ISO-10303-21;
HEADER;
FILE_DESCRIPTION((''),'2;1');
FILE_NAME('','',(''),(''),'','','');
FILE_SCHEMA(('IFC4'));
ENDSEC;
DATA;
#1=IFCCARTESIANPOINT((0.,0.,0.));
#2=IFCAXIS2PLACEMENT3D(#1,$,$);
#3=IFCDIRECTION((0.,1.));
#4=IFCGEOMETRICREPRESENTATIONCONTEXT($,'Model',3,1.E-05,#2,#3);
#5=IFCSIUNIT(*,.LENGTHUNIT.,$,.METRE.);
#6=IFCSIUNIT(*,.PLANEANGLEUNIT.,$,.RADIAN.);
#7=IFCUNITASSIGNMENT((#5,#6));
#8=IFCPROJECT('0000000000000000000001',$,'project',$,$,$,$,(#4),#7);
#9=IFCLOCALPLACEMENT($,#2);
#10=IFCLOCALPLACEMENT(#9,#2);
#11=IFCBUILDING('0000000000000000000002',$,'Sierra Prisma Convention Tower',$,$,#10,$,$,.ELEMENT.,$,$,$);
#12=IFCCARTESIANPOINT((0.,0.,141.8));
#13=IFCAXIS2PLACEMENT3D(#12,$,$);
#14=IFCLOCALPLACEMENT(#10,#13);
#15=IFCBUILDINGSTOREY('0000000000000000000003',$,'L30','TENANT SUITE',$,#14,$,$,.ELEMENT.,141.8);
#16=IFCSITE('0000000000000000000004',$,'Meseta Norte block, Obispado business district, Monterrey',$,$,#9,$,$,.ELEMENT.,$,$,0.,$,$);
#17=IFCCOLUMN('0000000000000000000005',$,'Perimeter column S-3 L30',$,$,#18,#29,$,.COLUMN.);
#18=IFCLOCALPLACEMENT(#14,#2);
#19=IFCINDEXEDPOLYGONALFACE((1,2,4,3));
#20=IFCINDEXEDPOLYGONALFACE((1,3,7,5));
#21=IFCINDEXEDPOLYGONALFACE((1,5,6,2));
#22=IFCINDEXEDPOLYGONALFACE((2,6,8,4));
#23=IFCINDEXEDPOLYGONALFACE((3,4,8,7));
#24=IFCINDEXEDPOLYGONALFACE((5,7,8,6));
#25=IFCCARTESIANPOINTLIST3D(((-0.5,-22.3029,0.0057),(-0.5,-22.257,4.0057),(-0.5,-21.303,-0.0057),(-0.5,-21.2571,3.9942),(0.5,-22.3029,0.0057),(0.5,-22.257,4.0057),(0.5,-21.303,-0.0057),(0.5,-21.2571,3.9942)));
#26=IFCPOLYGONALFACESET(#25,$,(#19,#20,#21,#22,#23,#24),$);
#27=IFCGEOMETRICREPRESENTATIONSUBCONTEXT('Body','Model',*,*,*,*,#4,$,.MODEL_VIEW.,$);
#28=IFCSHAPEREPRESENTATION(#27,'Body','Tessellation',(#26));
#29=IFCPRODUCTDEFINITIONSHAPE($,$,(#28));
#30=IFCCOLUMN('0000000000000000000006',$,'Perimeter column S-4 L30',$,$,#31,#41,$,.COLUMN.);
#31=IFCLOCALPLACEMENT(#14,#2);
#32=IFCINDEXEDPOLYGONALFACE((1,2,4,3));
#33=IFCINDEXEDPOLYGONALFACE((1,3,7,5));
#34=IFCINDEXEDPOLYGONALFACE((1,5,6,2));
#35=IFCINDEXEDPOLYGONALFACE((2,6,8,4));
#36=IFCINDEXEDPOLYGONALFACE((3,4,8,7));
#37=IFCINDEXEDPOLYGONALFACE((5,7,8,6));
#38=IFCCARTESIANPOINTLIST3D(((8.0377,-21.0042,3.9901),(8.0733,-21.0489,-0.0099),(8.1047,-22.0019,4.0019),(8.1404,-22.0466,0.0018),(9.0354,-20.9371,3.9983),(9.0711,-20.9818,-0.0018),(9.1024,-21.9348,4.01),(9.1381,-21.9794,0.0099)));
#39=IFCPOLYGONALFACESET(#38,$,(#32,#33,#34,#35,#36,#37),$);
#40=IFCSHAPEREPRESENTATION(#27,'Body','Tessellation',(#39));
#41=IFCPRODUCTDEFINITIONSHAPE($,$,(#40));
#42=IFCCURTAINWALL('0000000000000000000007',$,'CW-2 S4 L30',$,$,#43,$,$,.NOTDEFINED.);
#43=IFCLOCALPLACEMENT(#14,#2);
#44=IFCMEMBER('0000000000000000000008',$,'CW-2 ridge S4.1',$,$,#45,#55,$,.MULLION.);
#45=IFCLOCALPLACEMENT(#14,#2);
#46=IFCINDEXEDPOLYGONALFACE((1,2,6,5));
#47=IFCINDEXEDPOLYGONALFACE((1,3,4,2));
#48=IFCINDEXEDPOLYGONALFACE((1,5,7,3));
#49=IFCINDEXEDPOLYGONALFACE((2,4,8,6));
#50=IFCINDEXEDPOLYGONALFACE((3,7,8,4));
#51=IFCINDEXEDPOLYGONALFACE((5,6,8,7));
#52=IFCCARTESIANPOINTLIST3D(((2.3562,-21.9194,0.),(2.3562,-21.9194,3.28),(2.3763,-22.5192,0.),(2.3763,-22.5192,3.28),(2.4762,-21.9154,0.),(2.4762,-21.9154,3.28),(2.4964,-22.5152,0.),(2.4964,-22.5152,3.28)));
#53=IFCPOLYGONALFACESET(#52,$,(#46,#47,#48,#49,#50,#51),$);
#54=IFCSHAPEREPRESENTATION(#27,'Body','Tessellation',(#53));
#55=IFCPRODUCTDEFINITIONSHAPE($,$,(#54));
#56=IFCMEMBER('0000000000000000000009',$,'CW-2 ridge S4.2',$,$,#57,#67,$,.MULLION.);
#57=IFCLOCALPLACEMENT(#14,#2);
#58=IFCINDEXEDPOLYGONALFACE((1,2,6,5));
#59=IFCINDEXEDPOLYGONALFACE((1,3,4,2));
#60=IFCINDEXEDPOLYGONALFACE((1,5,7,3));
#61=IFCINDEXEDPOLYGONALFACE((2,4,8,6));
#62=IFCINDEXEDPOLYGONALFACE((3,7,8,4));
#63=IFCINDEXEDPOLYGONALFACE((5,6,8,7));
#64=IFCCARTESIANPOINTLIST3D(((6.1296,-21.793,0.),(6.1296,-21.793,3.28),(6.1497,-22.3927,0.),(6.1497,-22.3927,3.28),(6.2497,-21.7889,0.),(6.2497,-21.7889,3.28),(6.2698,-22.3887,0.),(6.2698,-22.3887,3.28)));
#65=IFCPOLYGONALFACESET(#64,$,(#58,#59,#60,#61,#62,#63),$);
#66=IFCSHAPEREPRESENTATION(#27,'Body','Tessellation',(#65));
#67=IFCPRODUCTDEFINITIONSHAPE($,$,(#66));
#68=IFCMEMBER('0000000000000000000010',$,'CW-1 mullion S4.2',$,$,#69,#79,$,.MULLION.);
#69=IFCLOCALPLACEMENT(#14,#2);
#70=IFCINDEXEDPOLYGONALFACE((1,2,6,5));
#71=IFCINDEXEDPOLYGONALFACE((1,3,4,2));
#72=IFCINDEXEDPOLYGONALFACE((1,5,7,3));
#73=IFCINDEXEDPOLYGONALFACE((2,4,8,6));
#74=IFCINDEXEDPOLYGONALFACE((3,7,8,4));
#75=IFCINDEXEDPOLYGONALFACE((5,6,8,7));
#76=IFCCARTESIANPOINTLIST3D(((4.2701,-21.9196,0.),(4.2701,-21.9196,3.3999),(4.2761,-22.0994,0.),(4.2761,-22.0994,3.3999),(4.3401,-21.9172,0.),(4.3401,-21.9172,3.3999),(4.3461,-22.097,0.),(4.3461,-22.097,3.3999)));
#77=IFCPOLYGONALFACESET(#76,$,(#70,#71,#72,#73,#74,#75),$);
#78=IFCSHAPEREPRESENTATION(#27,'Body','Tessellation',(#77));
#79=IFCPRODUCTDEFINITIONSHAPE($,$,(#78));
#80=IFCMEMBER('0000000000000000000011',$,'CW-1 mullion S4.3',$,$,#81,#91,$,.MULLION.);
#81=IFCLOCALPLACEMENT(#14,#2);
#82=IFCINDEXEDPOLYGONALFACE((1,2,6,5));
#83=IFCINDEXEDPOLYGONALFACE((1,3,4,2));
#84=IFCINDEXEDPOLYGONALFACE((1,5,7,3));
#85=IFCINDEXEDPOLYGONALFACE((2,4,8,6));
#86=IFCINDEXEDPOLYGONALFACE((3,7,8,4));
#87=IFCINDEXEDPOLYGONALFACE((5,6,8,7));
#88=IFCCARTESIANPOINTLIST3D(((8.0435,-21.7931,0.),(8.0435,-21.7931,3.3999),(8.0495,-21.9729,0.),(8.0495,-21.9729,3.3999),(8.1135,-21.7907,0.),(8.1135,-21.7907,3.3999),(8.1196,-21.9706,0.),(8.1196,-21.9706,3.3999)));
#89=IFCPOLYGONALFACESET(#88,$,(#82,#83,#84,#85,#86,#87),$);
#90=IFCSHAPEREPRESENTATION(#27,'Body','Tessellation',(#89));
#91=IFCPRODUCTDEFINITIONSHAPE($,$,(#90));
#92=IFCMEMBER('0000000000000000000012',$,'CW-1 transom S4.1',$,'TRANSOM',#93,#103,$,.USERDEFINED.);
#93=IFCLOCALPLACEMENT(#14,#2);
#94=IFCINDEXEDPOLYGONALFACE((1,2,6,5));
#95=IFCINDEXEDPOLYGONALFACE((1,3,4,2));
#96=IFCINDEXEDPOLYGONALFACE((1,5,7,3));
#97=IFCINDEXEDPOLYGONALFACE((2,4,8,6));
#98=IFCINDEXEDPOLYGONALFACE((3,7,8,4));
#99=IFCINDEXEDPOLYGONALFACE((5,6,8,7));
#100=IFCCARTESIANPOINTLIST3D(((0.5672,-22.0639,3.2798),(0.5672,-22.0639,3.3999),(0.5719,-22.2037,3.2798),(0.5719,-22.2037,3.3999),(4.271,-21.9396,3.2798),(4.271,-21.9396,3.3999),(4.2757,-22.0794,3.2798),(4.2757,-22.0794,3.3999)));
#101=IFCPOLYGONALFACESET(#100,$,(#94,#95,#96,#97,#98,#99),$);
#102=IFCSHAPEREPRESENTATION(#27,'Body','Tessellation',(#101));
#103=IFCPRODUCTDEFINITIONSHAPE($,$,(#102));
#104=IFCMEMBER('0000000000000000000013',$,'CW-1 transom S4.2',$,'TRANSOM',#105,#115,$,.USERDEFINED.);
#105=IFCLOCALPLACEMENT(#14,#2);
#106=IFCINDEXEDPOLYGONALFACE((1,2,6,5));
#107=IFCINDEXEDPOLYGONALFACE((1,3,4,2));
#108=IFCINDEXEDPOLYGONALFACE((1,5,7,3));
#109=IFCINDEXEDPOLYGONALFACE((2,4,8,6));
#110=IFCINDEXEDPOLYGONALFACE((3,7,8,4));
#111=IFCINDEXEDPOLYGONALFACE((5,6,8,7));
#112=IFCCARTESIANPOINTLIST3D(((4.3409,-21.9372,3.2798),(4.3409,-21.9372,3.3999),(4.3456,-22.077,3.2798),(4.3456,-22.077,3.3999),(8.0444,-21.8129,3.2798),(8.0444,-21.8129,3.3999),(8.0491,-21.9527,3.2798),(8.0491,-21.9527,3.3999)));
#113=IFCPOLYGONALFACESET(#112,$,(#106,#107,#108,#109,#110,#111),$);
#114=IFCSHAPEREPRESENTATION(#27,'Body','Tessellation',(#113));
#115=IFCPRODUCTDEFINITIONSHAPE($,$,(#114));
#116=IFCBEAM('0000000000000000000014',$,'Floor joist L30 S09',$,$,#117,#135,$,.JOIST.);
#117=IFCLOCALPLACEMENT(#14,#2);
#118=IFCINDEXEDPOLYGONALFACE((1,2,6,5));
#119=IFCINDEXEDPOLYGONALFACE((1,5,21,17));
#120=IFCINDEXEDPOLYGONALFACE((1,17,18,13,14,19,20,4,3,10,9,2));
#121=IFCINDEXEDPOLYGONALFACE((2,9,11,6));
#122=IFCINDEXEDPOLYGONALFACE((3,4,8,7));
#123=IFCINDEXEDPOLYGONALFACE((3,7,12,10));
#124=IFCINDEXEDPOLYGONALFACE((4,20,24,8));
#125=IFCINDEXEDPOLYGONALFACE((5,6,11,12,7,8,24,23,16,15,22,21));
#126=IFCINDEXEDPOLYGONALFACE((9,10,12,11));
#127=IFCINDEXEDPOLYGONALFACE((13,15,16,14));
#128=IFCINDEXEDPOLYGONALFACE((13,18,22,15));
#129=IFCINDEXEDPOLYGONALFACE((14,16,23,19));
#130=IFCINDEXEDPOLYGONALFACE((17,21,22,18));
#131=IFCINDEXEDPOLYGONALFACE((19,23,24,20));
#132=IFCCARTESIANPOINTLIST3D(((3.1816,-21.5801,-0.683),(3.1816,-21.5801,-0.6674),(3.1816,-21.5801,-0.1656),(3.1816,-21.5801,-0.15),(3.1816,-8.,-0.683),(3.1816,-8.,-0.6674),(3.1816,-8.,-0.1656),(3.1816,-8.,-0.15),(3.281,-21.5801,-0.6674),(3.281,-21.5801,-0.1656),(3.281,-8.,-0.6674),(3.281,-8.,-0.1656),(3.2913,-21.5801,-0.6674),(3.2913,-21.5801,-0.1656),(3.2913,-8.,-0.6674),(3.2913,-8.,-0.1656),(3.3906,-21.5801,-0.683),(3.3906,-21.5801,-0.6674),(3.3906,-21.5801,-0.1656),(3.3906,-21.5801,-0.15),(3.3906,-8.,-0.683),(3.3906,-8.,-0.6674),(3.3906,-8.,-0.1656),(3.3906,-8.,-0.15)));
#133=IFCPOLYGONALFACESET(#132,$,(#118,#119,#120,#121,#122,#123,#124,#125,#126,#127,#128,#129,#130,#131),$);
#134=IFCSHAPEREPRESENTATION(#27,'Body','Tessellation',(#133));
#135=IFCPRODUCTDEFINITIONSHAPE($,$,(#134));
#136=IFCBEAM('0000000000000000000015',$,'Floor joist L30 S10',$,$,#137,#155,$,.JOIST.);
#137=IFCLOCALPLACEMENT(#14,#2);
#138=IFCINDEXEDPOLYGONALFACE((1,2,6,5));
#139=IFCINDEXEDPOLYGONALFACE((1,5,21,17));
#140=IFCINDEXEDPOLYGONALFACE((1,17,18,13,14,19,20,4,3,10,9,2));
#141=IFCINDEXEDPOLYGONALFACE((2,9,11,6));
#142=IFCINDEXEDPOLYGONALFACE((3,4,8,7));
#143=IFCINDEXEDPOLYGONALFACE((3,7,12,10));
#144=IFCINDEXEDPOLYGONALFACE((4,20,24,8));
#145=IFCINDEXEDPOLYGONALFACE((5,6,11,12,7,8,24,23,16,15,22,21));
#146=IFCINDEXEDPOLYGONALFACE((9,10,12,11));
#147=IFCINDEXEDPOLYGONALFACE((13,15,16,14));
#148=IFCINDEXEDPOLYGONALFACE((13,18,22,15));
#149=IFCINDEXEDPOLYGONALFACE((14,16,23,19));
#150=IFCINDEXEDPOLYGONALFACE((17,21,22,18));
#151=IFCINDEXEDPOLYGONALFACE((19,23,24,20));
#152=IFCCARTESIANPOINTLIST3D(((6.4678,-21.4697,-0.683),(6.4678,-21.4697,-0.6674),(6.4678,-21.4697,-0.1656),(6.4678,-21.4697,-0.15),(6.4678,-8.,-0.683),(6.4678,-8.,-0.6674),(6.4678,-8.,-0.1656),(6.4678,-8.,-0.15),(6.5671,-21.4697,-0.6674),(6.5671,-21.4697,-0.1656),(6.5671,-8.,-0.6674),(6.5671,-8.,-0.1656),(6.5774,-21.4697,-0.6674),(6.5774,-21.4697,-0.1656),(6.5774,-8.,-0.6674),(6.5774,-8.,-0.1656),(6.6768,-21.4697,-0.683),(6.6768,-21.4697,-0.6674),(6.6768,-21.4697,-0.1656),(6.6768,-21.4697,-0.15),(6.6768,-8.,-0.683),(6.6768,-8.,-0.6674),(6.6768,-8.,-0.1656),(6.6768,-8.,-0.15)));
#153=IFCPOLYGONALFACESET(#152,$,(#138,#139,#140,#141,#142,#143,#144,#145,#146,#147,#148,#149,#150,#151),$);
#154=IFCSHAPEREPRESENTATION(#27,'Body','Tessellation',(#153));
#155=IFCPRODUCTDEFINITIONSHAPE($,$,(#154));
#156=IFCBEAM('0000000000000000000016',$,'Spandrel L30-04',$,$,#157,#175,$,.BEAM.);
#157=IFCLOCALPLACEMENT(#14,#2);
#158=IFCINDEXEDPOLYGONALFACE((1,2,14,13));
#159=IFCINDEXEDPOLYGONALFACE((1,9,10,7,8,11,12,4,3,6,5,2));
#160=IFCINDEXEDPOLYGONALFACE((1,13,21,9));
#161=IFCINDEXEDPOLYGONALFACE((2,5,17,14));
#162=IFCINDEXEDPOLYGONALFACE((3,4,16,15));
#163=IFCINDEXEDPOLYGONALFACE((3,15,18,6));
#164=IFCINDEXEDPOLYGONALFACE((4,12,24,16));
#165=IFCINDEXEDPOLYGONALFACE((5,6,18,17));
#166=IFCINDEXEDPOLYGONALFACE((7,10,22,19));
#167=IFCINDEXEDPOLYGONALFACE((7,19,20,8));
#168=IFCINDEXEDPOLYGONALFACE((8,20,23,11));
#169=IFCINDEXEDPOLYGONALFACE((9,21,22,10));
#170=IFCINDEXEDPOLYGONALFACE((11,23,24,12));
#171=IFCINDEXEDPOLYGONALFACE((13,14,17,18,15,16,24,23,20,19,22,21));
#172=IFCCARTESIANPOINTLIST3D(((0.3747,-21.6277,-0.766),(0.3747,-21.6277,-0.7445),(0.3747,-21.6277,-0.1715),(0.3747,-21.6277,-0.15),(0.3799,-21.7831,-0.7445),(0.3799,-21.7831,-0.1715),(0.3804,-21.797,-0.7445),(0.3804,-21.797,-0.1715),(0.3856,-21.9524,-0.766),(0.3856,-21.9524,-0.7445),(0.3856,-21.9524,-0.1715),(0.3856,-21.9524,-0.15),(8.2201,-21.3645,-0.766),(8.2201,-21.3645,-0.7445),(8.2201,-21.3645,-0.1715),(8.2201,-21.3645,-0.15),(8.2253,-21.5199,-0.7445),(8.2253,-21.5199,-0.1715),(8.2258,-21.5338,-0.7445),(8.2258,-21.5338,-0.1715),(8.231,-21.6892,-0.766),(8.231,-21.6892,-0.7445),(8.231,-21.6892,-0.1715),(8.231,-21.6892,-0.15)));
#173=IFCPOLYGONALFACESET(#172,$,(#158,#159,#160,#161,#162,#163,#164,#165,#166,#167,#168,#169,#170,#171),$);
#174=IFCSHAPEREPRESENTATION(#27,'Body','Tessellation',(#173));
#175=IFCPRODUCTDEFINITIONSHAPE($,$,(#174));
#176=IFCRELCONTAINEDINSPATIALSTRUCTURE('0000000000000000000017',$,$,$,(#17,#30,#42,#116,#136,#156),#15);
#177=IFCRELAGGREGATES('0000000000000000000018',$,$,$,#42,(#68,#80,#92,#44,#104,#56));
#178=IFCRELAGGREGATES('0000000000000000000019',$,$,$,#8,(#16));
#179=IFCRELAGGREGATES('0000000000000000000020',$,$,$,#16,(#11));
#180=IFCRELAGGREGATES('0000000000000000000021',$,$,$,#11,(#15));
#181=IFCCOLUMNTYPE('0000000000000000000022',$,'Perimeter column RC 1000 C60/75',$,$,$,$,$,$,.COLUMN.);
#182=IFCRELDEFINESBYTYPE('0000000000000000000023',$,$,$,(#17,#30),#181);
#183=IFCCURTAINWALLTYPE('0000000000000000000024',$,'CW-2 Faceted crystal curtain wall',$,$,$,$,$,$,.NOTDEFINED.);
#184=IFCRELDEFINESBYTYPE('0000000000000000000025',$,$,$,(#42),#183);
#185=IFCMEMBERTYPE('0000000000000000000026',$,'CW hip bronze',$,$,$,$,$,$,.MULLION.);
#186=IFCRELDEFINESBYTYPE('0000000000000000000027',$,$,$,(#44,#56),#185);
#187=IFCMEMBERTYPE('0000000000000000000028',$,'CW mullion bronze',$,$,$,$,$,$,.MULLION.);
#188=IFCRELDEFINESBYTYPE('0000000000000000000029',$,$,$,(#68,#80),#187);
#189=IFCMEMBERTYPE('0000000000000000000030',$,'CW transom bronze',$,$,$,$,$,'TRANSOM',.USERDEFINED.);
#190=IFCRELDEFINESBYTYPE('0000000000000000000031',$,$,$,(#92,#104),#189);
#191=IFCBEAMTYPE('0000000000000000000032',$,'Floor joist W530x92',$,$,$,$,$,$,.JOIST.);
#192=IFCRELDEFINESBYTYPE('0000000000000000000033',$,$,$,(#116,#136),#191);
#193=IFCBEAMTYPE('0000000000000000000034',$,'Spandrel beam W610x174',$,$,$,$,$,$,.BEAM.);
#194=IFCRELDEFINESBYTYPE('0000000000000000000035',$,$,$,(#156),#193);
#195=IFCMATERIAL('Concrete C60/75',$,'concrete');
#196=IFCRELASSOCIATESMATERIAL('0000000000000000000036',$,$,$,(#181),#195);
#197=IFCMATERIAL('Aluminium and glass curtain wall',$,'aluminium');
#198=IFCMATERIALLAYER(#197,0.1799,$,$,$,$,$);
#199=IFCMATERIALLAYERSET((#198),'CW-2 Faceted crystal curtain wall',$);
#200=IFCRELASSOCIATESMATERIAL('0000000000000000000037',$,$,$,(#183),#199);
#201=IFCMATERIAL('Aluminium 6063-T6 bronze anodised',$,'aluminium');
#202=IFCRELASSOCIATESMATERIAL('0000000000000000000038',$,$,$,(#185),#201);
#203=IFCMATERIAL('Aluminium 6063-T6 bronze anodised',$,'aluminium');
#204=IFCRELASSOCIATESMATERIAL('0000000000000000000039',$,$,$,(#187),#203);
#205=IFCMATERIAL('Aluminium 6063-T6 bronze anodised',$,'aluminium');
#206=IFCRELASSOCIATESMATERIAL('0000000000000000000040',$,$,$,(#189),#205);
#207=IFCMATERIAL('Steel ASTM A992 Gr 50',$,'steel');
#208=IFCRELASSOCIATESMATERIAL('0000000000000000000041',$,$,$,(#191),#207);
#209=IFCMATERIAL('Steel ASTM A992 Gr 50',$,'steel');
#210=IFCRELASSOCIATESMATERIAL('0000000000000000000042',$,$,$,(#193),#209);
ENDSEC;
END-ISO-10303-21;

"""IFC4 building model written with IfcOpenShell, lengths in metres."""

from ifc_helpers import new_model, si_unit, direction, frame, origin, origin_2d, place, context, subcontext, project, spatial, rectangle, i_section, extrude, material, layer, layer_set, material_profile, profile_set, type_object, element, aggregate, save


model = new_model("IFC4")

# Units and contexts
model_context = context("Model", 3, precision=1e-05, world=origin(), true_north=direction((0.0, 1.0)))
body_context = subcontext(model_context, "Body", "Model", "MODEL_VIEW")
ifc_project = project(units=[si_unit("LENGTHUNIT", "METRE"), si_unit("PLANEANGLEUNIT", "RADIAN")], contexts=[model_context])

# Site, building, storey
site_placement = place(None, origin())
site = spatial("IfcSite", under=ifc_project, at=site_placement, Name="Meseta Norte block, Obispado business district, Monterrey", CompositionType="ELEMENT", RefElevation=0.0)
building_placement = place(site_placement, origin())
building = spatial("IfcBuilding", under=site, at=building_placement, Name="Sierra Prisma Convention Tower", CompositionType="ELEMENT")
storey_placement = place(building_placement, frame((0.0, 0.0, 141.8)))
storey = spatial("IfcBuildingStorey", under=building, at=storey_placement, Name="L30", Description="TENANT SUITE", CompositionType="ELEMENT", Elevation=141.8)

# Columns
ifc_material_1 = material(Name="Concrete C60/75", Category="concrete")
ifc_material_profile_1 = material_profile(ifc_material_1, rectangle(XDim=1.0, YDim=1.0, at=origin_2d()), Name="Perimeter column RC 1000 C60/75")
ifc_profile_set_1 = profile_set([ifc_material_profile_1], Name="Concrete C60/75")
column_type = type_object("IfcColumnType", Name="Perimeter column RC 1000 C60/75", PredefinedType="COLUMN", material=ifc_profile_set_1)
column_1_placement = place(storey_placement, frame((0.0, -21.803, 0.0), z_axis=(0.0, 0.011474, 0.999934), x_axis=(1.0, 0.0, 0.0)))
element("IfcColumn", 1, at=column_1_placement, inside=storey, type_object=column_type, Name="Perimeter column S-3 L30", PredefinedType="COLUMN", context=body_context, shape_type="SweptSolid", body=[
    extrude(rectangle(XDim=1.0, YDim=1.0, at=origin_2d()), origin(), (0.0, 0.0, 1.0), 4.0002),
])
column_2_placement = place(storey_placement, frame((8.6057, -21.5142, 0.0), z_axis=(-0.00891, 0.011168, 0.999898), x_axis=(0.997712, 0.067118, 0.008141)))
element("IfcColumn", 2, at=column_2_placement, inside=storey, type_object=column_type, Name="Perimeter column S-4 L30", PredefinedType="COLUMN", context=body_context, shape_type="SweptSolid", body=[
    extrude(rectangle(XDim=1.0, YDim=1.0, at=origin_2d()), origin(), (0.0, 0.0, 1.0), 4.0005),
])

# Curtain wall, members
ifc_material_2 = material(Name="Aluminium and glass curtain wall", Category="aluminium")
ifc_layer_1 = layer(ifc_material_2, 0.1799)
ifc_layer_set_1 = layer_set([ifc_layer_1], Name="CW-2 Faceted crystal curtain wall")
curtain_wall_type = type_object("IfcCurtainWallType", Name="CW-2 Faceted crystal curtain wall", PredefinedType="NOTDEFINED", material=ifc_layer_set_1)
curtain_wall_1_placement = place(storey_placement, origin())
curtain_wall_1 = element("IfcCurtainWall", 3, at=curtain_wall_1_placement, inside=storey, type_object=curtain_wall_type, Name="CW-2 S4 L30", PredefinedType="NOTDEFINED")
ifc_material_3 = material(Name="Aluminium 6063-T6 bronze anodised", Category="aluminium")
ifc_material_profile_2 = material_profile(ifc_material_3, rectangle(XDim=0.1201, YDim=0.6001, at=origin_2d()), Name="ALU RIDGE BLADE 120x600")
ifc_profile_set_2 = profile_set([ifc_material_profile_2], Name="Aluminium 6063-T6 bronze anodised")
member_type_1 = type_object("IfcMemberType", Name="CW hip bronze", PredefinedType="MULLION", material=ifc_profile_set_2)
member_1_placement = place(storey_placement, frame((2.4263, -22.2173, 0.0), z_axis=(0.0, 0.0, 1.0), x_axis=(0.999438, 0.03353, 0.0)))
member_1 = element("IfcMember", 4, at=member_1_placement, type_object=member_type_1, Name="CW-2 ridge S4.1", PredefinedType="MULLION", context=body_context, shape_type="SweptSolid", body=[
    extrude(rectangle(XDim=0.1201, YDim=0.6001, at=origin_2d()), origin(), (0.0, 0.0, 1.0), 3.28),
])
member_2_placement = place(storey_placement, frame((6.1997, -22.0908, 0.0), z_axis=(0.0, 0.0, 1.0), x_axis=(0.999438, 0.03353, 0.0)))
member_2 = element("IfcMember", 5, at=member_2_placement, type_object=member_type_1, Name="CW-2 ridge S4.2", PredefinedType="MULLION", context=body_context, shape_type="SweptSolid", body=[
    extrude(rectangle(XDim=0.1201, YDim=0.6001, at=origin_2d()), origin(), (0.0, 0.0, 1.0), 3.28),
])
ifc_material_4 = material(Name="Aluminium 6063-T6 bronze anodised", Category="aluminium")
ifc_material_profile_3 = material_profile(ifc_material_4, rectangle(XDim=0.1799, YDim=0.0701, at=origin_2d()), Name="ALU MULLION 70x180")
ifc_profile_set_3 = profile_set([ifc_material_profile_3], Name="Aluminium 6063-T6 bronze anodised")
member_type_2 = type_object("IfcMemberType", Name="CW mullion bronze", PredefinedType="MULLION", material=ifc_profile_set_3)
member_3_placement = place(storey_placement, frame((4.3081, -22.0083, 0.0), z_axis=(0.0, 0.0, 1.0), x_axis=(-0.03353, 0.999438, 0.0)))
member_3 = element("IfcMember", 6, at=member_3_placement, type_object=member_type_2, Name="CW-1 mullion S4.2", PredefinedType="MULLION", context=body_context, shape_type="SweptSolid", body=[
    extrude(rectangle(XDim=0.1799, YDim=0.0701, at=origin_2d()), origin(), (0.0, 0.0, 1.0), 3.3999),
])
member_4_placement = place(storey_placement, frame((8.0815, -21.8818, 0.0), z_axis=(0.0, 0.0, 1.0), x_axis=(-0.03353, 0.999438, 0.0)))
member_4 = element("IfcMember", 7, at=member_4_placement, type_object=member_type_2, Name="CW-1 mullion S4.3", PredefinedType="MULLION", context=body_context, shape_type="SweptSolid", body=[
    extrude(rectangle(XDim=0.1799, YDim=0.0701, at=origin_2d()), origin(), (0.0, 0.0, 1.0), 3.3999),
])
ifc_material_5 = material(Name="Aluminium 6063-T6 bronze anodised", Category="aluminium")
ifc_material_profile_4 = material_profile(ifc_material_5, rectangle(XDim=0.1399, YDim=0.1201, at=origin_2d()), Name="ALU TRANSOM 120x140")
ifc_profile_set_4 = profile_set([ifc_material_profile_4], Name="Aluminium 6063-T6 bronze anodised")
member_type_3 = type_object("IfcMemberType", Name="CW transom bronze", ElementType="TRANSOM", PredefinedType="USERDEFINED", material=ifc_profile_set_4)
member_5_placement = place(storey_placement, frame((0.5696, -22.1338, 3.3398), z_axis=(0.999438, 0.033534, 0.0), x_axis=(-0.033534, 0.999438, 0.0)))
member_5 = element("IfcMember", 8, at=member_5_placement, type_object=member_type_3, Name="CW-1 transom S4.1", ObjectType="TRANSOM", PredefinedType="USERDEFINED", context=body_context, shape_type="SweptSolid", body=[
    extrude(rectangle(XDim=0.1399, YDim=0.1201, at=origin_2d()), origin(), (0.0, 0.0, 1.0), 3.7058),
])
member_6_placement = place(storey_placement, frame((4.3433, -22.0071, 3.3398), z_axis=(0.999437, 0.033536, 0.0), x_axis=(-0.033536, 0.999437, 0.0)))
member_6 = element("IfcMember", 9, at=member_6_placement, type_object=member_type_3, Name="CW-1 transom S4.2", ObjectType="TRANSOM", PredefinedType="USERDEFINED", context=body_context, shape_type="SweptSolid", body=[
    extrude(rectangle(XDim=0.1399, YDim=0.1201, at=origin_2d()), origin(), (0.0, 0.0, 1.0), 3.7056),
])

# Beams
ifc_material_6 = material(Name="Steel ASTM A992 Gr 50", Category="steel")
ifc_material_profile_5 = material_profile(ifc_material_6, i_section(OverallWidth=0.209, OverallDepth=0.533, WebThickness=0.0103, FlangeThickness=0.0156, at=origin_2d()), Name="W530x92")
ifc_profile_set_5 = profile_set([ifc_material_profile_5], Name="Steel ASTM A992 Gr 50")
beam_type_1 = type_object("IfcBeamType", Name="Floor joist W530x92", PredefinedType="JOIST", material=ifc_profile_set_5)
beam_1_placement = place(storey_placement, frame((3.2861, -21.5801, -0.4165), z_axis=(0.0, 1.0, 0.0), x_axis=(-1.0, 0.0, 0.0)))
element("IfcBeam", 10, at=beam_1_placement, inside=storey, type_object=beam_type_1, Name="Floor joist L30 S09", PredefinedType="JOIST", context=body_context, shape_type="SweptSolid", body=[
    extrude(i_section(OverallWidth=0.209, OverallDepth=0.533, WebThickness=0.0103, FlangeThickness=0.0156, at=origin_2d()), origin(), (0.0, 0.0, 1.0), 13.5801),
])
beam_2_placement = place(storey_placement, frame((6.5723, -21.4697, -0.4165), z_axis=(0.0, 1.0, 0.0), x_axis=(-1.0, 0.0, 0.0)))
element("IfcBeam", 11, at=beam_2_placement, inside=storey, type_object=beam_type_1, Name="Floor joist L30 S10", PredefinedType="JOIST", context=body_context, shape_type="SweptSolid", body=[
    extrude(i_section(OverallWidth=0.209, OverallDepth=0.533, WebThickness=0.0103, FlangeThickness=0.0156, at=origin_2d()), origin(), (0.0, 0.0, 1.0), 13.4697),
])
ifc_material_7 = material(Name="Steel ASTM A992 Gr 50", Category="steel")
ifc_material_profile_6 = material_profile(ifc_material_7, i_section(OverallWidth=0.325, OverallDepth=0.616, WebThickness=0.0139, FlangeThickness=0.0215, at=origin_2d()), Name="W610x174")
ifc_profile_set_6 = profile_set([ifc_material_profile_6], Name="Steel ASTM A992 Gr 50")
beam_type_2 = type_object("IfcBeamType", Name="Spandrel beam W610x174", PredefinedType="BEAM", material=ifc_profile_set_6)
beam_3_placement = place(storey_placement, frame((0.3801, -21.79, -0.458), z_axis=(0.999438, 0.033527, 0.0), x_axis=(-0.033527, 0.999438, 0.0)))
element("IfcBeam", 12, at=beam_3_placement, inside=storey, type_object=beam_type_2, Name="Spandrel L30-04", PredefinedType="BEAM", context=body_context, shape_type="SweptSolid", body=[
    extrude(i_section(OverallWidth=0.325, OverallDepth=0.616, WebThickness=0.0139, FlangeThickness=0.0215, at=origin_2d()), origin(), (0.0, 0.0, 1.0), 7.8499),
])

aggregate(curtain_wall_1, [member_3, member_4, member_5, member_1, member_6, member_2])

save(model, "model.ifc")
